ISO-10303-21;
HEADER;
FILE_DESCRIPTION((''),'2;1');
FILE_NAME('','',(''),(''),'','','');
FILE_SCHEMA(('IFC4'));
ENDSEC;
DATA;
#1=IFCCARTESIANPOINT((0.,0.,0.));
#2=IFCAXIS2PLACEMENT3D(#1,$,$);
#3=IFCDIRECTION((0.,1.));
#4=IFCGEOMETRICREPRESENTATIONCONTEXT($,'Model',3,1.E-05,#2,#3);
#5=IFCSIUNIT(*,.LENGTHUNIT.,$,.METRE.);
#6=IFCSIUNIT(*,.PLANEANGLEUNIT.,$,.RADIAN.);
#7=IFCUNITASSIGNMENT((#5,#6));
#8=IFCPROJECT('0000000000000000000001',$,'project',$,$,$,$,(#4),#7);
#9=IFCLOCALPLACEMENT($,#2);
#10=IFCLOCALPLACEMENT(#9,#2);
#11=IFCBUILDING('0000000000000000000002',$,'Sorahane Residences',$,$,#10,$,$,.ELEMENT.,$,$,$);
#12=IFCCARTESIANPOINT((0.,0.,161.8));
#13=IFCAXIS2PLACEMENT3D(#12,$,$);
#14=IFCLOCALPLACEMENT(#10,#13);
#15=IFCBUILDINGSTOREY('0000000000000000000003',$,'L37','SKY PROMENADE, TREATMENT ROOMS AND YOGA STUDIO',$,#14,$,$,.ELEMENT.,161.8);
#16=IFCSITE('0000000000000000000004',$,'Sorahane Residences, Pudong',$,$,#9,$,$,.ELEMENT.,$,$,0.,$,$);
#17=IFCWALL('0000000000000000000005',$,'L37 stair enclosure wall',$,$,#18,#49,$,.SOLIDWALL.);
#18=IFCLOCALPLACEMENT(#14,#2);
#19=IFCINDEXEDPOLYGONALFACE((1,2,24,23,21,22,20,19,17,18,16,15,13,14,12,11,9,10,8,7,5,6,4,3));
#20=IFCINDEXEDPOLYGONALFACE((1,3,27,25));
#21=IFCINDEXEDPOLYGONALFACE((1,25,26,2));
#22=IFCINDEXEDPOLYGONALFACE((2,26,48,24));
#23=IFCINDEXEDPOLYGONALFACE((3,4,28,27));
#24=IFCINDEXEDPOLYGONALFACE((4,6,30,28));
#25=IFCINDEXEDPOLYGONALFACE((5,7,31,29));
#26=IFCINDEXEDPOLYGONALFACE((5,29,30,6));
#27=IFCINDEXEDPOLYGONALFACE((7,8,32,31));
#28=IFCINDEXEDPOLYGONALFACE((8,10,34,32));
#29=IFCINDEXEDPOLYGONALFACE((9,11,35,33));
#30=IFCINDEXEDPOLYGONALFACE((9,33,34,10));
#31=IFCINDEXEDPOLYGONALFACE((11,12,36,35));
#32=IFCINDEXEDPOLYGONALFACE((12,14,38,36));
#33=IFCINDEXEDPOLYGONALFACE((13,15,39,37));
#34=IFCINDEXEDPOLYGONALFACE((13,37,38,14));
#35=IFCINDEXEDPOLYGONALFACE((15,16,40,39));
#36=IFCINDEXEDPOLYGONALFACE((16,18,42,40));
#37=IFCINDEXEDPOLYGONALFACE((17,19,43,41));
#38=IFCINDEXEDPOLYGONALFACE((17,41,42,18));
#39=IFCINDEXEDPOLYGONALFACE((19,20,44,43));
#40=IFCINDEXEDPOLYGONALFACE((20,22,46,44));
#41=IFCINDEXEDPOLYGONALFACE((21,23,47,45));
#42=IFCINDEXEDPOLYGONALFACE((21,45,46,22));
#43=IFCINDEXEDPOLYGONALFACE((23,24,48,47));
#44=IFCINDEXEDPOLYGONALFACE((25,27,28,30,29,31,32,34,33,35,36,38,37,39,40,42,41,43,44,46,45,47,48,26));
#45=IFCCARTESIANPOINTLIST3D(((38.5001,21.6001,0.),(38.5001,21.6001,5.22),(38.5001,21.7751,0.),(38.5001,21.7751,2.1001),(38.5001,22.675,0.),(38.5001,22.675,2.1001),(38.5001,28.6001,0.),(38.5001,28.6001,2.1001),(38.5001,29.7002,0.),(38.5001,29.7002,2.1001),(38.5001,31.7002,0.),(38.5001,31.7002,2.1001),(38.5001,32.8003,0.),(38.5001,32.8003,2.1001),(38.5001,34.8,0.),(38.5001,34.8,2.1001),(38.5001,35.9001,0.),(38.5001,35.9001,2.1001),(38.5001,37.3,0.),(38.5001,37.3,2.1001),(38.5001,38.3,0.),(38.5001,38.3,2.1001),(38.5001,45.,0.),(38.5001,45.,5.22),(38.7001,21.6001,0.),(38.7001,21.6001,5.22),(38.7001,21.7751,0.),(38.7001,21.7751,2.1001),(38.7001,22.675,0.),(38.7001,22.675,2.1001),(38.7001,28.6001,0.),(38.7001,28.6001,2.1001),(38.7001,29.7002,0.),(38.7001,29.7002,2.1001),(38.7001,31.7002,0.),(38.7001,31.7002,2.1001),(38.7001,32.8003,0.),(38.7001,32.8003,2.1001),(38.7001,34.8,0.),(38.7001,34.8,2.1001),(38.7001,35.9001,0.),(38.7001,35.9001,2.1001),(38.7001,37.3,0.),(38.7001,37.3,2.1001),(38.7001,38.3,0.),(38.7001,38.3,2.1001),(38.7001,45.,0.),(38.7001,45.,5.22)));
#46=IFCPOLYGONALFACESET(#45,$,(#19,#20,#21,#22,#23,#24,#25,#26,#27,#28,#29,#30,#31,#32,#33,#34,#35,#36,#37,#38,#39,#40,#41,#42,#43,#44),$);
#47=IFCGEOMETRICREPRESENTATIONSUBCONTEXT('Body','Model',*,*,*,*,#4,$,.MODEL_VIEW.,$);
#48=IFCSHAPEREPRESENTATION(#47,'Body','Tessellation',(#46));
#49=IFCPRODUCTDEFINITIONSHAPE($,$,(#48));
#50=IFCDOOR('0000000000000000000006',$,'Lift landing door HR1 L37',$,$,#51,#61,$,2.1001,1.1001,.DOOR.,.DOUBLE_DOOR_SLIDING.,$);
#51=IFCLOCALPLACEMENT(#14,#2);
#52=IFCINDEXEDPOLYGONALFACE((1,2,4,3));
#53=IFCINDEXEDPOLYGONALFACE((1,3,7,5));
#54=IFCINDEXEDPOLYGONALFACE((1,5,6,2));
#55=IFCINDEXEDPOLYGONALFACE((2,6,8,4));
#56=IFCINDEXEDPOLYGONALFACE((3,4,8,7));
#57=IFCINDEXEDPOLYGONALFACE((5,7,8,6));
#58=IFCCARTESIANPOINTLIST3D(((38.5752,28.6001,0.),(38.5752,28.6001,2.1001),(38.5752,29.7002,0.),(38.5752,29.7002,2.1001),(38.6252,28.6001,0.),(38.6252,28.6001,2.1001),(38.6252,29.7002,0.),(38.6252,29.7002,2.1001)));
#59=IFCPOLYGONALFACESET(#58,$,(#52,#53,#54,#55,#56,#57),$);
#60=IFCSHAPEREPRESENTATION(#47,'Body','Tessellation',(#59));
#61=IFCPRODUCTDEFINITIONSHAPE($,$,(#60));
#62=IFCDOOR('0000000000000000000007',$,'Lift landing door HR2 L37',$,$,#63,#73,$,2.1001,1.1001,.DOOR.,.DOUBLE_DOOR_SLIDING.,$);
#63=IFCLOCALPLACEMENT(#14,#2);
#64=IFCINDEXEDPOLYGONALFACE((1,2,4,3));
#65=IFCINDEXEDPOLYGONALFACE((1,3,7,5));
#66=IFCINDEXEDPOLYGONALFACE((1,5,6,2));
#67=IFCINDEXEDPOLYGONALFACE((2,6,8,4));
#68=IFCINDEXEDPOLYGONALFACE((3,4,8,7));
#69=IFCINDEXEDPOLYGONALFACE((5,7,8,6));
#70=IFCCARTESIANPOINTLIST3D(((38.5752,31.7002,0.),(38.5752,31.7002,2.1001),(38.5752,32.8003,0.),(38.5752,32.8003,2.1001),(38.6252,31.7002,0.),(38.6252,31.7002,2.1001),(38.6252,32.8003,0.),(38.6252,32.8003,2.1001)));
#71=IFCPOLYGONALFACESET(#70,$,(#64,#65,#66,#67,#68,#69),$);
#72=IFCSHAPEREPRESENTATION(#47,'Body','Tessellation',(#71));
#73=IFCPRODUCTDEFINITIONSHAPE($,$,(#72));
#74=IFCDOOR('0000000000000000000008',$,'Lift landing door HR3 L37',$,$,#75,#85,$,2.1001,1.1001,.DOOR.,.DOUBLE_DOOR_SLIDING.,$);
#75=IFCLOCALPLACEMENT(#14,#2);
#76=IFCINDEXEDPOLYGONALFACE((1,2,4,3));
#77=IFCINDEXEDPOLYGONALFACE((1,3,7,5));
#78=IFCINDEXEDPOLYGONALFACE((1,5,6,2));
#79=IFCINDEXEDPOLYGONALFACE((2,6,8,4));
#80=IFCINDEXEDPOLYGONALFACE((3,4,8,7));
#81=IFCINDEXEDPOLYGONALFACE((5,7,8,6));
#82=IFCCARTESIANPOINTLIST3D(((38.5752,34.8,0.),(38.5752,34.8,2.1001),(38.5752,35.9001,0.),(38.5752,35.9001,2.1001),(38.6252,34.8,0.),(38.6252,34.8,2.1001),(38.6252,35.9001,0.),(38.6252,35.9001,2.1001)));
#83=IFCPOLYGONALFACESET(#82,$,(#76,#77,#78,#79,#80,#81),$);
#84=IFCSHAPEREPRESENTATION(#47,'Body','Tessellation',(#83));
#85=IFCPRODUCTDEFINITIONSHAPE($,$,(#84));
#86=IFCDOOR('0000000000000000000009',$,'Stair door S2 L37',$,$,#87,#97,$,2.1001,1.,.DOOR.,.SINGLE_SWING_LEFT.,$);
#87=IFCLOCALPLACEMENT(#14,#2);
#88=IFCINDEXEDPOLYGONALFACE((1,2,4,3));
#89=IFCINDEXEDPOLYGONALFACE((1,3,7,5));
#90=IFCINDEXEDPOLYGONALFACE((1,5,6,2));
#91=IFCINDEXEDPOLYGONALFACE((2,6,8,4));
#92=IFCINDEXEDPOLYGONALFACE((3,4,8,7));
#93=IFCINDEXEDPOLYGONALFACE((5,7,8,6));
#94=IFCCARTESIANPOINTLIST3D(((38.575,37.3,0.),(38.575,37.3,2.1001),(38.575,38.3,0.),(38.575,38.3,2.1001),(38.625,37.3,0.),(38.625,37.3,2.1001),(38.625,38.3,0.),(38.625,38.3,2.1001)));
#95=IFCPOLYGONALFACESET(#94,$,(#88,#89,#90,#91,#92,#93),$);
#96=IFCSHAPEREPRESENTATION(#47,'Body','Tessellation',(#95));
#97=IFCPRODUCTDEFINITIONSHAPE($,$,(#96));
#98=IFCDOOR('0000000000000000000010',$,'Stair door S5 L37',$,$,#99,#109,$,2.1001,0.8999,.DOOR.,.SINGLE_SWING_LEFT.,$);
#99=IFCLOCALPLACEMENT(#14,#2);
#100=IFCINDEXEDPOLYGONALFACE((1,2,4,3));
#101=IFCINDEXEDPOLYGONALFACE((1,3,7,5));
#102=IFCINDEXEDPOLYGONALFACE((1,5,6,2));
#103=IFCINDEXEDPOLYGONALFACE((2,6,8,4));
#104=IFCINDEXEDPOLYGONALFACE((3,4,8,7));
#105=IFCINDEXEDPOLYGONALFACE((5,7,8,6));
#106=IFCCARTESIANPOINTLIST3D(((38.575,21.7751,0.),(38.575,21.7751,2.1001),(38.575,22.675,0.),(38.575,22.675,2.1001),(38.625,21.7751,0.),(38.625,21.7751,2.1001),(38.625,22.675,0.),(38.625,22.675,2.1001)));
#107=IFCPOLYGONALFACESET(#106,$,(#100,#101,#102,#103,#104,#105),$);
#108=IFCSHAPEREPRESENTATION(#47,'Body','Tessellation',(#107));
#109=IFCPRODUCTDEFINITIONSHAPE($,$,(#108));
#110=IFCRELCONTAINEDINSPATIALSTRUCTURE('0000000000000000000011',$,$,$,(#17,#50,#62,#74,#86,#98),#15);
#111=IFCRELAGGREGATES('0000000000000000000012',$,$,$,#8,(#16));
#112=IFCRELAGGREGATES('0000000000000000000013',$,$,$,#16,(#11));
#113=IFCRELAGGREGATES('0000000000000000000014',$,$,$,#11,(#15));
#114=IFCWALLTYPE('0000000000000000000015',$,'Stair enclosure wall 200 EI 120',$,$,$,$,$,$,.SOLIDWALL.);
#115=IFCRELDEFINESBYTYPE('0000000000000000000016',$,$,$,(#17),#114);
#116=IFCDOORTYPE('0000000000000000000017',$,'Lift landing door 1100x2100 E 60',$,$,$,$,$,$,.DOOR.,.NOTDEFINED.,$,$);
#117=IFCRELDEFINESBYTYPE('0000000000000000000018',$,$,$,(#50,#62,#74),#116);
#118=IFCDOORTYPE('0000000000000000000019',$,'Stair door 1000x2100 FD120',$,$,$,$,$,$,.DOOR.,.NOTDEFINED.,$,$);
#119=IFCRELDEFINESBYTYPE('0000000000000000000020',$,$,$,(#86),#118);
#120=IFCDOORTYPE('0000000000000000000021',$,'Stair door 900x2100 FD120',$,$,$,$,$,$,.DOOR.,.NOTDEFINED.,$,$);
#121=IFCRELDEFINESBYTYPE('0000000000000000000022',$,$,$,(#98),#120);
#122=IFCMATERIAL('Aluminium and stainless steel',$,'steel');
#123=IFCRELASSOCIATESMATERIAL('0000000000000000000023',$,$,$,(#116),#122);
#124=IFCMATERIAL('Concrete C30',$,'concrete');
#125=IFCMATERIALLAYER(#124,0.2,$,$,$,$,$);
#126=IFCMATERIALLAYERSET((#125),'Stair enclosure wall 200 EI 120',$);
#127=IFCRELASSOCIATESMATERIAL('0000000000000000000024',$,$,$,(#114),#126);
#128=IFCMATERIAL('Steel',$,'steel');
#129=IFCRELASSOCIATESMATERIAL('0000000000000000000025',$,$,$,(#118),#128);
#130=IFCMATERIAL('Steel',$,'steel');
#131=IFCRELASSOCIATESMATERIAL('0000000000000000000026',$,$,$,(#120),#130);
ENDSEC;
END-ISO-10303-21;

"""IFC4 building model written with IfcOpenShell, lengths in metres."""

from ifc_helpers import new_model, si_unit, direction, frame, frame_2d, origin, place, context, subcontext, project, spatial, rectangle, extrude, material, layer, layer_set, type_object, element, fill, save


model = new_model("IFC4")

# Units and contexts
model_context = context("Model", 3, precision=1e-05, world=origin(), true_north=direction((0.0, 1.0)))
body_context = subcontext(model_context, "Body", "Model", "MODEL_VIEW")
ifc_project = project(units=[si_unit("LENGTHUNIT", "METRE"), si_unit("PLANEANGLEUNIT", "RADIAN")], contexts=[model_context])

# Site, building, storey
site_placement = place(None, origin())
site = spatial("IfcSite", under=ifc_project, at=site_placement, Name="Sorahane Residences, Pudong", CompositionType="ELEMENT", RefElevation=0.0)
building_placement = place(site_placement, origin())
building = spatial("IfcBuilding", under=site, at=building_placement, Name="Sorahane Residences", CompositionType="ELEMENT")
storey_placement = place(building_placement, frame((0.0, 0.0, 161.8)))
storey = spatial("IfcBuildingStorey", under=building, at=storey_placement, Name="L37", Description="SKY PROMENADE, TREATMENT ROOMS AND YOGA STUDIO", CompositionType="ELEMENT", Elevation=161.8)

# Wall, openings, doors
ifc_material_1 = material(Name="Aluminium and stainless steel", Category="steel")
door_type_1 = type_object("IfcDoorType", Name="Lift landing door 1100x2100 E 60", OperationType="NOTDEFINED", PredefinedType="DOOR", material=ifc_material_1)
ifc_material_2 = material(Name="Concrete C30", Category="concrete")
ifc_layer_1 = layer(ifc_material_2, 0.2)
ifc_layer_set_1 = layer_set([ifc_layer_1], Name="Stair enclosure wall 200 EI 120")
wall_type_1 = type_object("IfcWallType", Name="Stair enclosure wall 200 EI 120", PredefinedType="SOLIDWALL", material=ifc_layer_set_1)
wall_1_placement = place(storey_placement, frame((38.6001, 21.6001, 0.0), z_axis=(0.0, 0.0, 1.0), x_axis=(0.0, 1.0, 0.0)))
wall_1 = element("IfcWall", 1, at=wall_1_placement, inside=storey, type_object=wall_type_1, Name="L37 stair enclosure wall", PredefinedType="SOLIDWALL", context=body_context, shape_type="SweptSolid", body=[
    extrude(rectangle(XDim=23.3999, YDim=0.2, at=frame_2d((11.7, 0.0))), origin(), (0.0, 0.0, 1.0), 5.22),
])
opening_1_placement = place(wall_1_placement, frame((7.0, 0.0, 0.0)))
opening_1 = element("IfcOpeningElement", 2, at=opening_1_placement, cuts=wall_1, PredefinedType="OPENING", context=body_context, shape_type="SweptSolid", body=[
    extrude(rectangle(XDim=1.1001, YDim=2.1001, at=frame_2d((0.55, 1.05))), frame((0.0, 0.1099, 0.0), z_axis=(0.0, -1.0, 0.0), x_axis=(1.0, 0.0, 0.0)), (0.0, 0.0, 1.0), 0.22),
])
opening_2_placement = place(wall_1_placement, frame((10.1001, 0.0, 0.0)))
opening_2 = element("IfcOpeningElement", 3, at=opening_2_placement, cuts=wall_1, PredefinedType="OPENING", context=body_context, shape_type="SweptSolid", body=[
    extrude(rectangle(XDim=1.1001, YDim=2.1001, at=frame_2d((0.55, 1.05))), frame((0.0, 0.1099, 0.0), z_axis=(0.0, -1.0, 0.0), x_axis=(1.0, 0.0, 0.0)), (0.0, 0.0, 1.0), 0.22),
])
opening_3_placement = place(wall_1_placement, frame((13.2, 0.0, 0.0)))
opening_3 = element("IfcOpeningElement", 4, at=opening_3_placement, cuts=wall_1, PredefinedType="OPENING", context=body_context, shape_type="SweptSolid", body=[
    extrude(rectangle(XDim=1.1001, YDim=2.1001, at=frame_2d((0.55, 1.05))), frame((0.0, 0.1099, 0.0), z_axis=(0.0, -1.0, 0.0), x_axis=(1.0, 0.0, 0.0)), (0.0, 0.0, 1.0), 0.22),
])
opening_4_placement = place(wall_1_placement, frame((15.7, 0.0, 0.0)))
opening_4 = element("IfcOpeningElement", 5, at=opening_4_placement, cuts=wall_1, PredefinedType="OPENING", context=body_context, shape_type="SweptSolid", body=[
    extrude(rectangle(XDim=1.0, YDim=2.1001, at=frame_2d((0.5, 1.05))), frame((0.0, 0.1099, 0.0), z_axis=(0.0, -1.0, 0.0), x_axis=(1.0, 0.0, 0.0)), (0.0, 0.0, 1.0), 0.22),
])
opening_5_placement = place(wall_1_placement, frame((0.175, 0.0, 0.0)))
opening_5 = element("IfcOpeningElement", 6, at=opening_5_placement, cuts=wall_1, PredefinedType="OPENING", context=body_context, shape_type="SweptSolid", body=[
    extrude(rectangle(XDim=0.8999, YDim=2.1001, at=frame_2d((0.45, 1.05))), frame((0.0, 0.1099, 0.0), z_axis=(0.0, -1.0, 0.0), x_axis=(1.0, 0.0, 0.0)), (0.0, 0.0, 1.0), 0.22),
])
door_1_placement = place(opening_1_placement, origin())
door_1 = element("IfcDoor", 7, at=door_1_placement, inside=storey, type_object=door_type_1, Name="Lift landing door HR1 L37", OperationType="DOUBLE_DOOR_SLIDING", OverallHeight=2.1001, OverallWidth=1.1001, PredefinedType="DOOR", context=body_context, shape_type="SweptSolid", body=[
    extrude(rectangle(XDim=1.1001, YDim=2.1001, at=frame_2d((0.55, 1.05))), frame((0.0, 0.0249, 0.0), z_axis=(0.0, -1.0, 0.0), x_axis=(1.0, 0.0, 0.0)), (0.0, 0.0, 1.0), 0.05),
])
fill(opening_1, door_1)
door_2_placement = place(opening_2_placement, origin())
door_2 = element("IfcDoor", 8, at=door_2_placement, inside=storey, type_object=door_type_1, Name="Lift landing door HR2 L37", OperationType="DOUBLE_DOOR_SLIDING", OverallHeight=2.1001, OverallWidth=1.1001, PredefinedType="DOOR", context=body_context, shape_type="SweptSolid", body=[
    extrude(rectangle(XDim=1.1001, YDim=2.1001, at=frame_2d((0.55, 1.05))), frame((0.0, 0.0249, 0.0), z_axis=(0.0, -1.0, 0.0), x_axis=(1.0, 0.0, 0.0)), (0.0, 0.0, 1.0), 0.05),
])
fill(opening_2, door_2)
door_3_placement = place(opening_3_placement, origin())
door_3 = element("IfcDoor", 9, at=door_3_placement, inside=storey, type_object=door_type_1, Name="Lift landing door HR3 L37", OperationType="DOUBLE_DOOR_SLIDING", OverallHeight=2.1001, OverallWidth=1.1001, PredefinedType="DOOR", context=body_context, shape_type="SweptSolid", body=[
    extrude(rectangle(XDim=1.1001, YDim=2.1001, at=frame_2d((0.55, 1.05))), frame((0.0, 0.0249, 0.0), z_axis=(0.0, -1.0, 0.0), x_axis=(1.0, 0.0, 0.0)), (0.0, 0.0, 1.0), 0.05),
])
fill(opening_3, door_3)
ifc_material_3 = material(Name="Steel", Category="steel")
door_type_2 = type_object("IfcDoorType", Name="Stair door 1000x2100 FD120", OperationType="NOTDEFINED", PredefinedType="DOOR", material=ifc_material_3)
door_4_placement = place(opening_4_placement, frame((1.0, 0.0, 0.0), z_axis=(0.0, 0.0, 1.0), x_axis=(-1.0, 0.0, 0.0)))
door_4 = element("IfcDoor", 10, at=door_4_placement, inside=storey, type_object=door_type_2, Name="Stair door S2 L37", OperationType="SINGLE_SWING_LEFT", OverallHeight=2.1001, OverallWidth=1.0, PredefinedType="DOOR", context=body_context, shape_type="SweptSolid", body=[
    extrude(rectangle(XDim=1.0, YDim=2.1001, at=frame_2d((0.5, 1.05))), frame((0.0, 0.0249, 0.0), z_axis=(0.0, -1.0, 0.0), x_axis=(1.0, 0.0, 0.0)), (0.0, 0.0, 1.0), 0.05),
])
fill(opening_4, door_4)
ifc_material_4 = material(Name="Steel", Category="steel")
door_type_3 = type_object("IfcDoorType", Name="Stair door 900x2100 FD120", OperationType="NOTDEFINED", PredefinedType="DOOR", material=ifc_material_4)
door_5_placement = place(opening_5_placement, frame((0.8999, 0.0, 0.0), z_axis=(0.0, 0.0, 1.0), x_axis=(-1.0, 0.0, 0.0)))
door_5 = element("IfcDoor", 11, at=door_5_placement, inside=storey, type_object=door_type_3, Name="Stair door S5 L37", OperationType="SINGLE_SWING_LEFT", OverallHeight=2.1001, OverallWidth=0.8999, PredefinedType="DOOR", context=body_context, shape_type="SweptSolid", body=[
    extrude(rectangle(XDim=0.8999, YDim=2.1001, at=frame_2d((0.45, 1.05))), frame((0.0, 0.0249, 0.0), z_axis=(0.0, -1.0, 0.0), x_axis=(1.0, 0.0, 0.0)), (0.0, 0.0, 1.0), 0.05),
])
fill(opening_5, door_5)

save(model, "model.ifc")
